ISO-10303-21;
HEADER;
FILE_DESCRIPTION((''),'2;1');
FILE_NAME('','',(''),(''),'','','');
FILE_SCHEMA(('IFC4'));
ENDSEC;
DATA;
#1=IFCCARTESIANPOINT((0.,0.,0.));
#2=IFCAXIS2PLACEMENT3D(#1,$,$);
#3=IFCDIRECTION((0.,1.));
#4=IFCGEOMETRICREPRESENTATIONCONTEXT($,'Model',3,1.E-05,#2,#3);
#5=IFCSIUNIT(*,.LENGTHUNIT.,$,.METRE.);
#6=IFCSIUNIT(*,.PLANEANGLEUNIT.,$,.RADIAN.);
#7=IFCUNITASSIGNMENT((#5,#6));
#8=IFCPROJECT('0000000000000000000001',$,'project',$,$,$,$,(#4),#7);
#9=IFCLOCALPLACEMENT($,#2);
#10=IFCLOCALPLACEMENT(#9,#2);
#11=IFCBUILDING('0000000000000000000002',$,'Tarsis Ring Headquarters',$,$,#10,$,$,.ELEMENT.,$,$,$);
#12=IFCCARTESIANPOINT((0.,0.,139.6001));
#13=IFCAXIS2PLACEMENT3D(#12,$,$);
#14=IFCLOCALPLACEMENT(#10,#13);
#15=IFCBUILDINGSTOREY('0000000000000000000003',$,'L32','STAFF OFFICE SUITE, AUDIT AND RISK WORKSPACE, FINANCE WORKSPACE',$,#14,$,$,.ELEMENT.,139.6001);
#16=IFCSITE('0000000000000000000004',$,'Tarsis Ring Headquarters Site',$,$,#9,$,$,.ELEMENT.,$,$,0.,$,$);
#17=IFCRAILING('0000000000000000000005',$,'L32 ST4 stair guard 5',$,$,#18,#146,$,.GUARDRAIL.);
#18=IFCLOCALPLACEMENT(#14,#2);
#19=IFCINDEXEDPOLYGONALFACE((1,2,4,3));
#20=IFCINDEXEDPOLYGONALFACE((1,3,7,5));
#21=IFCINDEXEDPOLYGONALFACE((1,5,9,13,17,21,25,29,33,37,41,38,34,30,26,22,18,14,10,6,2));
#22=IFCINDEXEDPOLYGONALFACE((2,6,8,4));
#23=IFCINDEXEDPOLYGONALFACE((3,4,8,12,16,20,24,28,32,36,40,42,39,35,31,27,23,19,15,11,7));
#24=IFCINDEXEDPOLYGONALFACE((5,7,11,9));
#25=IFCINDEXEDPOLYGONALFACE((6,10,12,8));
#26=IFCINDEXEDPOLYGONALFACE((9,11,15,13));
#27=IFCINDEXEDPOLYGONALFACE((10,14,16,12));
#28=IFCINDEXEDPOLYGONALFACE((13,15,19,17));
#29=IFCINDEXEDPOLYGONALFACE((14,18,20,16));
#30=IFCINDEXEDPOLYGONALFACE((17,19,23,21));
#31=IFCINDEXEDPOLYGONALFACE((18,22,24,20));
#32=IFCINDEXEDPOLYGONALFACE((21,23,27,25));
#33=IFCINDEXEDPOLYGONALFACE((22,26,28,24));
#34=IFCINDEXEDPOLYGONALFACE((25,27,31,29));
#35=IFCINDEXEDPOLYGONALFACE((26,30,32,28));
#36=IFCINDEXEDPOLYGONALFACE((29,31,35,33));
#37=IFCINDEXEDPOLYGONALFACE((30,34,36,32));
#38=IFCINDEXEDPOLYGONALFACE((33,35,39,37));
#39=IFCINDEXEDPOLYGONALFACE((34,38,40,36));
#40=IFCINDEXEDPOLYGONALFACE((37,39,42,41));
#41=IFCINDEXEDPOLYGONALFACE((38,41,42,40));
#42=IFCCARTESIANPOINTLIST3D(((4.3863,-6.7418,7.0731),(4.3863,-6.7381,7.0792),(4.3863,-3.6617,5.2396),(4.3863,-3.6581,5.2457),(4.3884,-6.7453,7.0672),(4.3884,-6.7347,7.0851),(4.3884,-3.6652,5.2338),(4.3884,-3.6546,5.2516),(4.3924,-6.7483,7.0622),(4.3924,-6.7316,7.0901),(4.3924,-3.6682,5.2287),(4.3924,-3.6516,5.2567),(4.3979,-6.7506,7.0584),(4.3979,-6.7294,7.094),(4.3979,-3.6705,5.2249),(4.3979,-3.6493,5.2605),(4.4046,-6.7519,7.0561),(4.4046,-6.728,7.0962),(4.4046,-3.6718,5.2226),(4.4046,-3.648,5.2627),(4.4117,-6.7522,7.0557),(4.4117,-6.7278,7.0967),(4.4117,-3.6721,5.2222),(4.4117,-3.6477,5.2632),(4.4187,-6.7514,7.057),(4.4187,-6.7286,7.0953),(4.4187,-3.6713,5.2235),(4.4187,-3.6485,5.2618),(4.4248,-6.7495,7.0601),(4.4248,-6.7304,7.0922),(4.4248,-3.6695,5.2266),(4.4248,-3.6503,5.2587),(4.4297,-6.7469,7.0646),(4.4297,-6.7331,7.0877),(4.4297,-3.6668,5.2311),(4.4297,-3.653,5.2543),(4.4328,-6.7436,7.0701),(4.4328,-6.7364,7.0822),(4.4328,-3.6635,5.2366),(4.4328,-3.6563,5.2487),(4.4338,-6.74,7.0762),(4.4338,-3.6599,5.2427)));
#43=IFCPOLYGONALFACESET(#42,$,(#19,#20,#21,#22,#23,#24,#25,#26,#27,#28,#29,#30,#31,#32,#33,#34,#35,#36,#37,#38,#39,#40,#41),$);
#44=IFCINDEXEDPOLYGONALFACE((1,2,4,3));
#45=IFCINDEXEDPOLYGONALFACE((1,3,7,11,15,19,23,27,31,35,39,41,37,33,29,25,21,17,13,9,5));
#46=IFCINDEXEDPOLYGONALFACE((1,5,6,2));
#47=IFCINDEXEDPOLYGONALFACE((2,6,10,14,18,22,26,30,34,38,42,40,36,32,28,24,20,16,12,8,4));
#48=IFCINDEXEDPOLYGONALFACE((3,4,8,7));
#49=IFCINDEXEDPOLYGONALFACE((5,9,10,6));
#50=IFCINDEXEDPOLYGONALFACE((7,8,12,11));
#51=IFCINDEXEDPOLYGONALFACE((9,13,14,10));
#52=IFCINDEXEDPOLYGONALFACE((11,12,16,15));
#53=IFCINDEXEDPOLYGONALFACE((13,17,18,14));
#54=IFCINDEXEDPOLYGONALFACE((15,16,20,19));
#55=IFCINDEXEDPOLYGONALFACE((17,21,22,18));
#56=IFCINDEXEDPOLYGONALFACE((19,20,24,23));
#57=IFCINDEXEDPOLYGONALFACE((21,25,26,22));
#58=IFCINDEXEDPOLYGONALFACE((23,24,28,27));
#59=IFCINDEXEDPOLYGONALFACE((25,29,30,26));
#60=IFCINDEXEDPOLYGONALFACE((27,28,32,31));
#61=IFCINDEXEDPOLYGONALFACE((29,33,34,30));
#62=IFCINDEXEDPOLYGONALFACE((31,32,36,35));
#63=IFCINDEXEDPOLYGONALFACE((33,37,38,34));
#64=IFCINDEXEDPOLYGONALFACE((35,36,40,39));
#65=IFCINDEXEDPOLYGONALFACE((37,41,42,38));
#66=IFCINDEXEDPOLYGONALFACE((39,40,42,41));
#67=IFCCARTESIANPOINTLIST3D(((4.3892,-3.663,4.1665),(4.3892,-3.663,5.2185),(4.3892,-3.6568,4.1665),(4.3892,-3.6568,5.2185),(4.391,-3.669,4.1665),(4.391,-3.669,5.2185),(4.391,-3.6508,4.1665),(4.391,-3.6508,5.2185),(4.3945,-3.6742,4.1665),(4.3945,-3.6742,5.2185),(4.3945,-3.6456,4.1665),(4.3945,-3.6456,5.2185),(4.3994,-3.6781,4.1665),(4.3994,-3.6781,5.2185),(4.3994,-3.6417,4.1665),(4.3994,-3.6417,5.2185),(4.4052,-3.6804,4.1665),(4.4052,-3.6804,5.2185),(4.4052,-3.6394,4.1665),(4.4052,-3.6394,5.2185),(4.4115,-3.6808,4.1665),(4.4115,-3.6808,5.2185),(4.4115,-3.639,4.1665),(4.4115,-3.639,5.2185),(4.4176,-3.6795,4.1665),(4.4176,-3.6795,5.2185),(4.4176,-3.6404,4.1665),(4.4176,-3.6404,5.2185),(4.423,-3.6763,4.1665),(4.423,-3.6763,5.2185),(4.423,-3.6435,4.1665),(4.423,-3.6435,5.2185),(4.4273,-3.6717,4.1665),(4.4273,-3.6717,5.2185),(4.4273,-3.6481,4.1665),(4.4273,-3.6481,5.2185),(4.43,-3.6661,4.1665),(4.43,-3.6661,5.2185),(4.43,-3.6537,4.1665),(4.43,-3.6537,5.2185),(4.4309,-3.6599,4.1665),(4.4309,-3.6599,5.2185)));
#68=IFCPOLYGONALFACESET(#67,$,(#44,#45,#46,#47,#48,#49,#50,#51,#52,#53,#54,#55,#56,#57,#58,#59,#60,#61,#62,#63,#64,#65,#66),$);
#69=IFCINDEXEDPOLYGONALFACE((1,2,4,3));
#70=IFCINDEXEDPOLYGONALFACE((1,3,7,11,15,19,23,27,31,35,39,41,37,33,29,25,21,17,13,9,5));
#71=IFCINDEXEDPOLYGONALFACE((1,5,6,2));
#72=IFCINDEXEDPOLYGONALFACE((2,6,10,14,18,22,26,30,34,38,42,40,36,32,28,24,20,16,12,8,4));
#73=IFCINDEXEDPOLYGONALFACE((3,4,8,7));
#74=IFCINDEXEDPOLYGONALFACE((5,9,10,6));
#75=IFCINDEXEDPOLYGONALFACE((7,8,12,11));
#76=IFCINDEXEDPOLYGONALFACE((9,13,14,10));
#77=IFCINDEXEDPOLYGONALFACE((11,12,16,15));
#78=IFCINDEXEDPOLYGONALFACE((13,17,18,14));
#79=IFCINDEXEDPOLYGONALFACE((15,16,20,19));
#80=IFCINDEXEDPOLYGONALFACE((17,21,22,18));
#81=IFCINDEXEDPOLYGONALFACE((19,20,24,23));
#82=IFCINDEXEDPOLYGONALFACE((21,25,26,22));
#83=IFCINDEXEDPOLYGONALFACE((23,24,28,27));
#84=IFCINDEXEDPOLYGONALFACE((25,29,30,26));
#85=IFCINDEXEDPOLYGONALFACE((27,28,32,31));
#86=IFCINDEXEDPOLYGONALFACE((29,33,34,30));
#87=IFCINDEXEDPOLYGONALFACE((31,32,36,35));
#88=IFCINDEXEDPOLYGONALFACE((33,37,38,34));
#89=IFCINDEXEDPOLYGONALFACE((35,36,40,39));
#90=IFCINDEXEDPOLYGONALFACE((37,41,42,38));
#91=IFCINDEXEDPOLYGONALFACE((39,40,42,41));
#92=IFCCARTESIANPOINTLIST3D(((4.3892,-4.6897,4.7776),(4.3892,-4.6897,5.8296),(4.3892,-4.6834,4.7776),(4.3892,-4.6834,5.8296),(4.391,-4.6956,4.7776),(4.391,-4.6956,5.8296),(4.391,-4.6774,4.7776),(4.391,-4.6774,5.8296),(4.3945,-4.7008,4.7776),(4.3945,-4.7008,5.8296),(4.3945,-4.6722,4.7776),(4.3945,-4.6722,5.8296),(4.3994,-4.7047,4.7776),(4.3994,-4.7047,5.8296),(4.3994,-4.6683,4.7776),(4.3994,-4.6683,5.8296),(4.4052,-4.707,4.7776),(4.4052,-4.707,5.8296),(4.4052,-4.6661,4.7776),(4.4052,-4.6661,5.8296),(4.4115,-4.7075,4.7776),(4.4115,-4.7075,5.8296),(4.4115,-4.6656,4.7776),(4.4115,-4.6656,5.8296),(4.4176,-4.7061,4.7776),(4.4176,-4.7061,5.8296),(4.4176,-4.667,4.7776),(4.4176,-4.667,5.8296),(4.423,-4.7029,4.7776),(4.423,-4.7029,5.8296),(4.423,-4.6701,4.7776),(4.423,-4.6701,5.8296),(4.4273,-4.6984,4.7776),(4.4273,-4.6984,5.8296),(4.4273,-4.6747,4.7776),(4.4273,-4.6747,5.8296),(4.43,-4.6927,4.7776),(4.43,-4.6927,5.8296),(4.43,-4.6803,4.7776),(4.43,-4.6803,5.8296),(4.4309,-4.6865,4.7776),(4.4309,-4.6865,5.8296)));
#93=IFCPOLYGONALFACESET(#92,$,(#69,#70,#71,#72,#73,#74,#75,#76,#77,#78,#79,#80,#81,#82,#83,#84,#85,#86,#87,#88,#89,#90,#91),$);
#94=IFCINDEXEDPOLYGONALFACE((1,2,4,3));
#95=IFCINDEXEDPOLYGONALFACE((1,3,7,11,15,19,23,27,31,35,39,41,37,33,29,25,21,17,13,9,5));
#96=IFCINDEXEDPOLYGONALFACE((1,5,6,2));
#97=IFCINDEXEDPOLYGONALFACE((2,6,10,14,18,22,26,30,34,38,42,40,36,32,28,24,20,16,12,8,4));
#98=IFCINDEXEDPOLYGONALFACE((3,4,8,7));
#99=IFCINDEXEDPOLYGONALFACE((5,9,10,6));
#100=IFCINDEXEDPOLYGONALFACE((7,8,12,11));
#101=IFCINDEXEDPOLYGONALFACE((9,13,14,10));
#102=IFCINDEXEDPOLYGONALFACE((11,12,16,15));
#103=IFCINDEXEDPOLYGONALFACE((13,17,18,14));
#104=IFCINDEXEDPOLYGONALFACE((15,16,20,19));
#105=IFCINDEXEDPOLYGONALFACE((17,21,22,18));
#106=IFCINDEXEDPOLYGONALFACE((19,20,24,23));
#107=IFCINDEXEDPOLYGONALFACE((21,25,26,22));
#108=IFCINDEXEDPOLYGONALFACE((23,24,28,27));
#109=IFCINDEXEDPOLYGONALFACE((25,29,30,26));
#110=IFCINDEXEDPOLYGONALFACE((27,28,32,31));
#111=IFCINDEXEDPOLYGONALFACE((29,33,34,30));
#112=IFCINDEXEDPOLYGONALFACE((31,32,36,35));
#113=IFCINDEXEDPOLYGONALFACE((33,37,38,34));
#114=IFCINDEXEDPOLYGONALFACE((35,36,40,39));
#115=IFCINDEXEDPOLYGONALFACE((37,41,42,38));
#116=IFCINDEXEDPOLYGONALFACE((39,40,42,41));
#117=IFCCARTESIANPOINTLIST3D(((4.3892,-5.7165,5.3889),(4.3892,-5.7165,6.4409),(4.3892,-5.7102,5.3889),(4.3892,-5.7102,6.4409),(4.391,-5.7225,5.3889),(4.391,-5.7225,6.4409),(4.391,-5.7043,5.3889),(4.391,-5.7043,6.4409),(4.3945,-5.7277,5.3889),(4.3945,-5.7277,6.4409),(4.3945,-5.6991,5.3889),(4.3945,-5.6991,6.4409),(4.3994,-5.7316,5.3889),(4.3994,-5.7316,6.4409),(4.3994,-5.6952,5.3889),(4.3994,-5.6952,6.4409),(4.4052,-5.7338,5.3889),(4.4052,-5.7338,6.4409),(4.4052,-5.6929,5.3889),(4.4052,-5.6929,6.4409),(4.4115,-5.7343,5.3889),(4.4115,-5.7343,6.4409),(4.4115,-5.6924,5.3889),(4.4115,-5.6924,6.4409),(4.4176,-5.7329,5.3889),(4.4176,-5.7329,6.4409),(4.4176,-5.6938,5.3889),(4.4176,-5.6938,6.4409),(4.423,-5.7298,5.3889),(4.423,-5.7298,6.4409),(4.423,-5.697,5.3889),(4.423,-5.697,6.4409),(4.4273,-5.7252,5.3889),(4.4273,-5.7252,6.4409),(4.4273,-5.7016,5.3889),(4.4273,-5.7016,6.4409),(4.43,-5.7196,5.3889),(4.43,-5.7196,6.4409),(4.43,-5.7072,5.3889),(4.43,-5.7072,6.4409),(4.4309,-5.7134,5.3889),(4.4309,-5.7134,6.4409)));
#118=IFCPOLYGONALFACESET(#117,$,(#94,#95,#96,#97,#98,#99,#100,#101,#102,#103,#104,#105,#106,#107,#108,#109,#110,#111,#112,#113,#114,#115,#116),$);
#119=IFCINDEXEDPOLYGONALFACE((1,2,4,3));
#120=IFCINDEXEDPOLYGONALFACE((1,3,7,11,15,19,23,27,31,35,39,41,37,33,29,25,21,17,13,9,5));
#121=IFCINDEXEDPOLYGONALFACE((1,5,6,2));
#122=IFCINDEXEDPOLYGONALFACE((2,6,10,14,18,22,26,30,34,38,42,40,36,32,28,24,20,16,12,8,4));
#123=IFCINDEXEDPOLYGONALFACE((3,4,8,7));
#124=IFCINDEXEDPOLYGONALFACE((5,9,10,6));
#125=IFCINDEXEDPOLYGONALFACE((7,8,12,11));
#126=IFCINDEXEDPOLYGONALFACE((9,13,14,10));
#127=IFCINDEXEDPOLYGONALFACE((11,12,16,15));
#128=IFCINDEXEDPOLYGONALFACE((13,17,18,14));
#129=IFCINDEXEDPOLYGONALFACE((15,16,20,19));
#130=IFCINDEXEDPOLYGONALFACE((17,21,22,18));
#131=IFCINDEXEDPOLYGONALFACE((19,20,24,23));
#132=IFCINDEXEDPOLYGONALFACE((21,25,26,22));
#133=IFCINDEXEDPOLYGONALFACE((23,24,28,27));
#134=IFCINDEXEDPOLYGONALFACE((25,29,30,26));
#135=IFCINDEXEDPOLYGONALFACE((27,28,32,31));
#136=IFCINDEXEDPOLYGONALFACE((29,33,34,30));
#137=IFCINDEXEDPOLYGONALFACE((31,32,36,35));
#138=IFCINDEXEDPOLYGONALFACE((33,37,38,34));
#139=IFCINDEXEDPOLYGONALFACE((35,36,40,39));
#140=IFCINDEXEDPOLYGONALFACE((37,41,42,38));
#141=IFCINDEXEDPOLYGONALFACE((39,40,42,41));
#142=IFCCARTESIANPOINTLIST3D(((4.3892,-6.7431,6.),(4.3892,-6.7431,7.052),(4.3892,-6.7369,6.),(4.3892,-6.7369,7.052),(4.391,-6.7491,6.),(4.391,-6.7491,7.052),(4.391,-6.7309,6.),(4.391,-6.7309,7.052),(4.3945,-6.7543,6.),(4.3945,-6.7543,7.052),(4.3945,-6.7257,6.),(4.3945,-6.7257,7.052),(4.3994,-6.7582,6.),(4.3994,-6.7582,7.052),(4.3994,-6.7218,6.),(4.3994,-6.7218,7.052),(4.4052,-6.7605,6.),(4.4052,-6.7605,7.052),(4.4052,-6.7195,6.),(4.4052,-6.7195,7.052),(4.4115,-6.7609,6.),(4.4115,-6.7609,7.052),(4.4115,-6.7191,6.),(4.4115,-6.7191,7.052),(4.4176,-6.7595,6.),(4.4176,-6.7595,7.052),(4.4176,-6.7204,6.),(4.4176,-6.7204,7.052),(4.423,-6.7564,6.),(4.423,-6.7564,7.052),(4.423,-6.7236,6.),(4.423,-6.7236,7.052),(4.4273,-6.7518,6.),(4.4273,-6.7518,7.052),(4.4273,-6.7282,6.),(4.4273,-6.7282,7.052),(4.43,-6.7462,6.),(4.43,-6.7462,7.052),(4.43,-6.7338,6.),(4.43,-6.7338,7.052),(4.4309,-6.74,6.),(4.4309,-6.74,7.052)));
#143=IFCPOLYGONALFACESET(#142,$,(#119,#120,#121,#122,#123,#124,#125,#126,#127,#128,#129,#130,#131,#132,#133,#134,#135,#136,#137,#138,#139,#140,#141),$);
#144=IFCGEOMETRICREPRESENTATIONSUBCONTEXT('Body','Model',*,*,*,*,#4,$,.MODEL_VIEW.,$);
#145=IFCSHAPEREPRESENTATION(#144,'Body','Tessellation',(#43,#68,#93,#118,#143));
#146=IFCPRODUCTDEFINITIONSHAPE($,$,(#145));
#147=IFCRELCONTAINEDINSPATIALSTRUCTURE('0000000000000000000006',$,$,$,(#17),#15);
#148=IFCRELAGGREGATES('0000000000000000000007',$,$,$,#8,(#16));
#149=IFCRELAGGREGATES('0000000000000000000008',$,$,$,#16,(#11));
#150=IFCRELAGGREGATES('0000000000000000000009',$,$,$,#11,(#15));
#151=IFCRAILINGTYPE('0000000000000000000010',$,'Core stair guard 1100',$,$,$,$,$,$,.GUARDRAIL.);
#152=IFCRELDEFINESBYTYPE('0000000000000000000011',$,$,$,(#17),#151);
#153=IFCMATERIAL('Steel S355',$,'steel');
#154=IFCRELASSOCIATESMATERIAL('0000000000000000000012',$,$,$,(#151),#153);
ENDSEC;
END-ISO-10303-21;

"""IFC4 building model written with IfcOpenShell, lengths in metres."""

from ifc_helpers import new_model, si_unit, direction, frame, origin, origin_2d, place, context, subcontext, project, spatial, circle, extrude, material, type_object, element, save


model = new_model("IFC4")

# Units and contexts
model_context = context("Model", 3, precision=1e-05, world=origin(), true_north=direction((0.0, 1.0)))
body_context = subcontext(model_context, "Body", "Model", "MODEL_VIEW")
ifc_project = project(units=[si_unit("LENGTHUNIT", "METRE"), si_unit("PLANEANGLEUNIT", "RADIAN")], contexts=[model_context])

# Site, building, storey
site_placement = place(None, origin())
site = spatial("IfcSite", under=ifc_project, at=site_placement, Name="Tarsis Ring Headquarters Site", CompositionType="ELEMENT", RefElevation=0.0)
building_placement = place(site_placement, origin())
building = spatial("IfcBuilding", under=site, at=building_placement, Name="Tarsis Ring Headquarters", CompositionType="ELEMENT")
storey_placement = place(building_placement, frame((0.0, 0.0, 139.6001)))
storey = spatial("IfcBuildingStorey", under=building, at=storey_placement, Name="L32", Description="STAFF OFFICE SUITE, AUDIT AND RISK WORKSPACE, FINANCE WORKSPACE", CompositionType="ELEMENT", Elevation=139.6001)

# Railing
ifc_material_1 = material(Name="Steel S355", Category="steel")
railing_type = type_object("IfcRailingType", Name="Core stair guard 1100", PredefinedType="GUARDRAIL", material=ifc_material_1)
railing_1_placement = place(storey_placement, frame((4.4099, -3.6599, 4.1665)))
element("IfcRailing", 1, at=railing_1_placement, inside=storey, type_object=railing_type, Name="L32 ST4 stair guard 5", PredefinedType="GUARDRAIL", context=body_context, shape_type="SweptSolid", body=[
    extrude(circle(Radius=0.0239, at=origin_2d()), frame((0.0, 0.0, 1.0762), z_axis=(0.0, -0.859279, 0.511508), x_axis=(1.0, 0.0, 0.0)), (0.0, 0.0, 1.0), 3.5845),
    extrude(circle(Radius=0.021, at=origin_2d()), origin(), (0.0, 0.0, 1.0), 1.052),
    extrude(circle(Radius=0.021, at=origin_2d()), frame((0.0, -1.0266, 0.6111)), (0.0, 0.0, 1.0), 1.052),
    extrude(circle(Radius=0.021, at=origin_2d()), frame((0.0, -2.0535, 1.2224)), (0.0, 0.0, 1.0), 1.052),
    extrude(circle(Radius=0.021, at=origin_2d()), frame((0.0, -3.0801, 1.8335)), (0.0, 0.0, 1.0), 1.052),
])

save(model, "model.ifc")
